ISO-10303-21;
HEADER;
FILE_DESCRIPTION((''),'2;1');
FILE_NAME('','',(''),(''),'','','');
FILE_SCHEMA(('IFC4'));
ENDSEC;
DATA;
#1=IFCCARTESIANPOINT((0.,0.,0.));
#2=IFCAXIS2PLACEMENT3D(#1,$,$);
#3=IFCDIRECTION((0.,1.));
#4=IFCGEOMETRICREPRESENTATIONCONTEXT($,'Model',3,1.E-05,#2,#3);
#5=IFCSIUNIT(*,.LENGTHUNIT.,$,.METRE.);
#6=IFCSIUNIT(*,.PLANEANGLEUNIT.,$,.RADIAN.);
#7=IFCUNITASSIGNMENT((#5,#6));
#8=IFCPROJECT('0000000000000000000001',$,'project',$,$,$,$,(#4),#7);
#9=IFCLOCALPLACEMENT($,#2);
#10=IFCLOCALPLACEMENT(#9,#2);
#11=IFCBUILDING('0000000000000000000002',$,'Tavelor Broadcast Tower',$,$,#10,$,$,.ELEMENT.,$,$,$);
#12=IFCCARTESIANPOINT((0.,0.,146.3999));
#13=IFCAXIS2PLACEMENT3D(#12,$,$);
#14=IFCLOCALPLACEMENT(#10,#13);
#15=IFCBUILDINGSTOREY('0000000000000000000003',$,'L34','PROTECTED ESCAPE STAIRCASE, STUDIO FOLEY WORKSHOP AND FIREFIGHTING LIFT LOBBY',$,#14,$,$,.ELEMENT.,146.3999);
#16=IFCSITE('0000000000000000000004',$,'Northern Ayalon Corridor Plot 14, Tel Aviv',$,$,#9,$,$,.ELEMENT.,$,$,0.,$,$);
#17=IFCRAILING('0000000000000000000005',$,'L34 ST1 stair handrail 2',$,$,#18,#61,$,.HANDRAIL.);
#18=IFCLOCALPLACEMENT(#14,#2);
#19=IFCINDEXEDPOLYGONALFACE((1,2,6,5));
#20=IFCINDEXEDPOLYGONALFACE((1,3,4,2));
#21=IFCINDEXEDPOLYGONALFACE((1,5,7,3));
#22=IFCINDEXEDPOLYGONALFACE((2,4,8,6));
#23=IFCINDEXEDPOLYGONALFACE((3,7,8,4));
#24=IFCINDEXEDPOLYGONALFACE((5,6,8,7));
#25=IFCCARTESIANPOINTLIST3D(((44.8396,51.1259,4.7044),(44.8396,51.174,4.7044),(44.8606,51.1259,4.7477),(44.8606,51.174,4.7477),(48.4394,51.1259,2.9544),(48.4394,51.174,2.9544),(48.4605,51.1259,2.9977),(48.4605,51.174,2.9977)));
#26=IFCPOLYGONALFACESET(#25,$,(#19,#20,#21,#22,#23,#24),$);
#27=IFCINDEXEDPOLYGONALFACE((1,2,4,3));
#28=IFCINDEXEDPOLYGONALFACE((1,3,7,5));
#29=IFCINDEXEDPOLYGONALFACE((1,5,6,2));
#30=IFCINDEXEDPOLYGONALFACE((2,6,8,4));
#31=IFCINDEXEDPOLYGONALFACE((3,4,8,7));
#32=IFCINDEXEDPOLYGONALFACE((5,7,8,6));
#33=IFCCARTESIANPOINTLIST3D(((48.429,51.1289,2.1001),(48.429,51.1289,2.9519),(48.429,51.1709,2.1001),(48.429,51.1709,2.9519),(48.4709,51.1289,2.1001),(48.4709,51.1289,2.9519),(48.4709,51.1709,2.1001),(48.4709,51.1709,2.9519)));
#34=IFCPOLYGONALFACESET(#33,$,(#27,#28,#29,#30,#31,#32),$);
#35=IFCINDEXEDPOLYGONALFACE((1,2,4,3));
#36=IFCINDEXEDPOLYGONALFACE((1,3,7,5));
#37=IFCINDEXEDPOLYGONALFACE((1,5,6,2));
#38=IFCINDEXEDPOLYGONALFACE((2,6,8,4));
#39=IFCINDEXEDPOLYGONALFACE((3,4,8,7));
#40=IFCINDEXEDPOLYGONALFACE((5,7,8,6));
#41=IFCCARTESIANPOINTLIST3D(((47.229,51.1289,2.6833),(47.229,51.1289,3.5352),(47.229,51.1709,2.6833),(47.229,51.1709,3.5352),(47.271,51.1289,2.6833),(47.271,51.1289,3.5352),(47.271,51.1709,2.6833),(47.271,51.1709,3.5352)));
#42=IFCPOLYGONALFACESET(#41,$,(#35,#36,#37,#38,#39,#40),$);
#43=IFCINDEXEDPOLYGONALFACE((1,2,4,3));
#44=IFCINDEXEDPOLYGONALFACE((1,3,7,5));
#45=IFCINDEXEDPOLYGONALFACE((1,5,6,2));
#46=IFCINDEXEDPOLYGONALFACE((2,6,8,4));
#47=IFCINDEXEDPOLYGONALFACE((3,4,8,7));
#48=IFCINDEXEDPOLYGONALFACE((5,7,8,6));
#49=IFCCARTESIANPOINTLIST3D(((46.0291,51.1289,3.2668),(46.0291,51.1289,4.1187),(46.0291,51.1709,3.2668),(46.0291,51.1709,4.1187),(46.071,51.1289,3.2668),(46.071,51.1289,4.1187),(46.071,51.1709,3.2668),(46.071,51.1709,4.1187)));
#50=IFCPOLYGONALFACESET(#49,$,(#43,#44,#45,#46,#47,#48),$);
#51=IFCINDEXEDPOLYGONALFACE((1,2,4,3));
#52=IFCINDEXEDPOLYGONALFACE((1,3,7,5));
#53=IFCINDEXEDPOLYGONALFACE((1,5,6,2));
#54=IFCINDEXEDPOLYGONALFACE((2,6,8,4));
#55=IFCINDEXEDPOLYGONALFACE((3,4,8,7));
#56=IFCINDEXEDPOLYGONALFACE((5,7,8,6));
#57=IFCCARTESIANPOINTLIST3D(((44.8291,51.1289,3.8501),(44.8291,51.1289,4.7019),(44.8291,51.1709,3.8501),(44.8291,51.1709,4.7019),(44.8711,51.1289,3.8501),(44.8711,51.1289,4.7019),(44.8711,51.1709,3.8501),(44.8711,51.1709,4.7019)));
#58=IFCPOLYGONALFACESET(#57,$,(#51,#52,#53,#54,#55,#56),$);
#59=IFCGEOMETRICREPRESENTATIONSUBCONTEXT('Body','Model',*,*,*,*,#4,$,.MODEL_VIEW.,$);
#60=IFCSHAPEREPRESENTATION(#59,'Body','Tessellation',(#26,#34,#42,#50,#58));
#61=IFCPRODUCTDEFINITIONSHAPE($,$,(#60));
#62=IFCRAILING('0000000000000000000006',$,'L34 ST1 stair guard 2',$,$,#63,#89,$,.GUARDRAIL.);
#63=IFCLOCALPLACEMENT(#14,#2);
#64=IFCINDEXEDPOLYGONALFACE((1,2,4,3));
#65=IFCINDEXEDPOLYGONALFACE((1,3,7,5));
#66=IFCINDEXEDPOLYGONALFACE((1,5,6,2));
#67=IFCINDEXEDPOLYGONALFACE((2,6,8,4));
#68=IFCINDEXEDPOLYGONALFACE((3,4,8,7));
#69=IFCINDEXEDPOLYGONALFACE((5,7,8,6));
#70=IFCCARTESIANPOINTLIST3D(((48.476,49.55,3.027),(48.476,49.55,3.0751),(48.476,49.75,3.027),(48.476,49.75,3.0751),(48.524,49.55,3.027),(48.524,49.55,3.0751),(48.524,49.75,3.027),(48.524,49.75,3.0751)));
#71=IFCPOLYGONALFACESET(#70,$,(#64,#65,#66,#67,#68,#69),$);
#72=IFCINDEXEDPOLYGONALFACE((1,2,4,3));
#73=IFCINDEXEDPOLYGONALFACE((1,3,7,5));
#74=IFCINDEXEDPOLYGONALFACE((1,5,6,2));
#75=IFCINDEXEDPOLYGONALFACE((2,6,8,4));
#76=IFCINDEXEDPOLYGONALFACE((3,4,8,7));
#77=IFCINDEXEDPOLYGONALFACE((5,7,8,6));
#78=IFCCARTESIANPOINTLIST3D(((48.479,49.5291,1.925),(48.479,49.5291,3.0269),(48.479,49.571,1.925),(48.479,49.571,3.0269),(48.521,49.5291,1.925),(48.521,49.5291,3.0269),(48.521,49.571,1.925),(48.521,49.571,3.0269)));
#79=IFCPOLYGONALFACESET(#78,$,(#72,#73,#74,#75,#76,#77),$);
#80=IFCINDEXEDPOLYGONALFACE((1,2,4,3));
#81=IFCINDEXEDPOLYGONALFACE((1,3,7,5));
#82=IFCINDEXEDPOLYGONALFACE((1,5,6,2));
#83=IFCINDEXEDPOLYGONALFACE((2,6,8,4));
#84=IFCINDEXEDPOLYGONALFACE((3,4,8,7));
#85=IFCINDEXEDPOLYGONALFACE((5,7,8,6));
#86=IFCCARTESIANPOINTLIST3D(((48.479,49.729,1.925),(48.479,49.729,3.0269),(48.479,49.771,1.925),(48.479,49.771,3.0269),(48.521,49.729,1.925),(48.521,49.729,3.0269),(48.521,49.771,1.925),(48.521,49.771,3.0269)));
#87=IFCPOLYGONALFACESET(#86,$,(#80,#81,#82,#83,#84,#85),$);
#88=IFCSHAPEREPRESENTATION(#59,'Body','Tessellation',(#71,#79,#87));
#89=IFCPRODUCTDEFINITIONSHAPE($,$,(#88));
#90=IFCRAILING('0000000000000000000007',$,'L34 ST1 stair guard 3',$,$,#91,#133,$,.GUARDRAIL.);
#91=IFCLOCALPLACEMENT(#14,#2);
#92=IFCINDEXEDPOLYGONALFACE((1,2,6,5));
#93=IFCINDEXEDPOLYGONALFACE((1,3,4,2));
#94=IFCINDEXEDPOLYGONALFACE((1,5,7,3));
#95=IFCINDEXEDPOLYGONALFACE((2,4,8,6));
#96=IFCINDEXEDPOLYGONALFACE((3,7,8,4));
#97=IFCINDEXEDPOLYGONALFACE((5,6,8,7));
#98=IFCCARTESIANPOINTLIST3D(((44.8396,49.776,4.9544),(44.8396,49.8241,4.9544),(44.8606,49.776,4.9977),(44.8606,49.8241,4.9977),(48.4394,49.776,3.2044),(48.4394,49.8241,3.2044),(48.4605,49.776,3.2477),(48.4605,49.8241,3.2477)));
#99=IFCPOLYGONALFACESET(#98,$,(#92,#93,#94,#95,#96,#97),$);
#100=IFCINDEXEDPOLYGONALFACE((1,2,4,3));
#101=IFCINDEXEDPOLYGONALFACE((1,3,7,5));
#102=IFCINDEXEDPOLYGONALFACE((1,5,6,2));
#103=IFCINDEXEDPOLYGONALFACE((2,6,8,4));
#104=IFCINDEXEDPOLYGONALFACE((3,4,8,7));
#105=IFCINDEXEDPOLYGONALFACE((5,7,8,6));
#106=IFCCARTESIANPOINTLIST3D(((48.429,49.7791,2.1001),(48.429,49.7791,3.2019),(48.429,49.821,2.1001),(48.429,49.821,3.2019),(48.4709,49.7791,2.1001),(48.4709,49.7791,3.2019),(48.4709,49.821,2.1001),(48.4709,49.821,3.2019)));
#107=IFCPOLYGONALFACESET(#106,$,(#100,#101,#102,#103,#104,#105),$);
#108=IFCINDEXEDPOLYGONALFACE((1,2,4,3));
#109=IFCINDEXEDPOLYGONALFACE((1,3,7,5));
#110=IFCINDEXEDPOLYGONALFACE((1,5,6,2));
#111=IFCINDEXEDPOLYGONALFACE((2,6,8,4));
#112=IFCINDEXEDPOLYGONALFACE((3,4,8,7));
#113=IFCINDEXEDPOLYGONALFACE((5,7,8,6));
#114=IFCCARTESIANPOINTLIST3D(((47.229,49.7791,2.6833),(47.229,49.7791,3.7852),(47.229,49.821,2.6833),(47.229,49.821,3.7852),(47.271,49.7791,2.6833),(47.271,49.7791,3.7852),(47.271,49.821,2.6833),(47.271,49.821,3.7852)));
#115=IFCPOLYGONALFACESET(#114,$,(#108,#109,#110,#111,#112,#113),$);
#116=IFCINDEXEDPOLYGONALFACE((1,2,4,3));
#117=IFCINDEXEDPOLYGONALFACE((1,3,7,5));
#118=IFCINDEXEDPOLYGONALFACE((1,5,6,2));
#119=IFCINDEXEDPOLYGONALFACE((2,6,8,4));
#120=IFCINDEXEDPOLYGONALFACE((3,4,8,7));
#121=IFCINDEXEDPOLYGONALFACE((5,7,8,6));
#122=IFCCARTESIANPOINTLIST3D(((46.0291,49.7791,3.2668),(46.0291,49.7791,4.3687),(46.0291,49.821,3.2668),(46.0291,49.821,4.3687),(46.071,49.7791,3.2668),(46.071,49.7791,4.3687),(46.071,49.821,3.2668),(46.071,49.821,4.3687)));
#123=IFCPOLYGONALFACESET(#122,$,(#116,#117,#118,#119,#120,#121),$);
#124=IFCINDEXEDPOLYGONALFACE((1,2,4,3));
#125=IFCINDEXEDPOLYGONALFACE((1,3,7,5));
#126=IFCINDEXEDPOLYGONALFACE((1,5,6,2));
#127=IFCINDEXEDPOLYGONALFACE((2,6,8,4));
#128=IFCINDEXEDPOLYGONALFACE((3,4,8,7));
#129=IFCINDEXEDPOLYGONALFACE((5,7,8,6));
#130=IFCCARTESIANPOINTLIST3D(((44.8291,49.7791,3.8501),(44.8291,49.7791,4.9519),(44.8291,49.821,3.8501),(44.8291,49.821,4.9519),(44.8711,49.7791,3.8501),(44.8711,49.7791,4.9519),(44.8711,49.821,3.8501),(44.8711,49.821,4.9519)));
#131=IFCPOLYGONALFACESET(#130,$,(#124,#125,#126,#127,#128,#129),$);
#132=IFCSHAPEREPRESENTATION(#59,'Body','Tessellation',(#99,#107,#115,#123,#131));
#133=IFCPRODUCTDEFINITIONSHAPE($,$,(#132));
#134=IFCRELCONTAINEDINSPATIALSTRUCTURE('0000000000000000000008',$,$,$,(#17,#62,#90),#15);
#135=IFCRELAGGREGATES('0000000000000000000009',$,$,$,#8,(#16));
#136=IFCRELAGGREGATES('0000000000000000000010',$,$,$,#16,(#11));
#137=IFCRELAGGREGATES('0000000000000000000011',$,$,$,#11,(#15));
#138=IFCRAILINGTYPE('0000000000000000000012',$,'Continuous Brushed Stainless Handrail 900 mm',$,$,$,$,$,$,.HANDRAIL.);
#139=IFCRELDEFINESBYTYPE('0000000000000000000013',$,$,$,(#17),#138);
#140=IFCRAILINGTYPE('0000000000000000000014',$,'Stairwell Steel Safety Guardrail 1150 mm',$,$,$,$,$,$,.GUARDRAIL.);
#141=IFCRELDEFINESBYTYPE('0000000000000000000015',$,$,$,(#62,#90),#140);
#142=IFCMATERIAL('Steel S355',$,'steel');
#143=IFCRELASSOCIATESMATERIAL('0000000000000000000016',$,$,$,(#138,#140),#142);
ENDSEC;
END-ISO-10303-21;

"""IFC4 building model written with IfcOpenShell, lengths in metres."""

from ifc_helpers import new_model, si_unit, direction, frame, origin, origin_2d, place, context, subcontext, project, spatial, rectangle, extrude, material, type_object, element, save


model = new_model("IFC4")

# Units and contexts
model_context = context("Model", 3, precision=1e-05, world=origin(), true_north=direction((0.0, 1.0)))
body_context = subcontext(model_context, "Body", "Model", "MODEL_VIEW")
ifc_project = project(units=[si_unit("LENGTHUNIT", "METRE"), si_unit("PLANEANGLEUNIT", "RADIAN")], contexts=[model_context])

# Site, building, storey
site_placement = place(None, origin())
site = spatial("IfcSite", under=ifc_project, at=site_placement, Name="Northern Ayalon Corridor Plot 14, Tel Aviv", CompositionType="ELEMENT", RefElevation=0.0)
building_placement = place(site_placement, origin())
building = spatial("IfcBuilding", under=site, at=building_placement, Name="Tavelor Broadcast Tower", CompositionType="ELEMENT")
storey_placement = place(building_placement, frame((0.0, 0.0, 146.3999)))
storey = spatial("IfcBuildingStorey", under=building, at=storey_placement, Name="L34", Description="PROTECTED ESCAPE STAIRCASE, STUDIO FOLEY WORKSHOP AND FIREFIGHTING LIFT LOBBY", CompositionType="ELEMENT", Elevation=146.3999)

# Shared definitions
ifc_material_1 = material(Name="Steel S355", Category="steel")

# Railings
railing_type_1 = type_object("IfcRailingType", Name="Continuous Brushed Stainless Handrail 900 mm", PredefinedType="HANDRAIL", material=ifc_material_1)
railing_1_placement = place(storey_placement, frame((48.45, 51.1499, 2.1001)))
element("IfcRailing", 1, at=railing_1_placement, inside=storey, type_object=railing_type_1, Name="L34 ST1 stair handrail 2", PredefinedType="HANDRAIL", context=body_context, shape_type="SweptSolid", body=[
    extrude(rectangle(XDim=0.0481, YDim=0.0481, at=origin_2d()), frame((0.0, 0.0, 0.876), z_axis=(-0.899361, 0.0, 0.437207), x_axis=(0.0, -1.0, 0.0)), (0.0, 0.0, 1.0), 4.0027),
    extrude(rectangle(XDim=0.042, YDim=0.042, at=origin_2d()), origin(), (0.0, 0.0, 1.0), 0.8518),
    extrude(rectangle(XDim=0.042, YDim=0.042, at=origin_2d()), frame((-1.2, 0.0, 0.5833)), (0.0, 0.0, 1.0), 0.8518),
    extrude(rectangle(XDim=0.042, YDim=0.042, at=origin_2d()), frame((-2.3999, 0.0, 1.1667)), (0.0, 0.0, 1.0), 0.8518),
    extrude(rectangle(XDim=0.042, YDim=0.042, at=origin_2d()), frame((-3.5999, 0.0, 1.75)), (0.0, 0.0, 1.0), 0.8518),
])
railing_type_2 = type_object("IfcRailingType", Name="Stairwell Steel Safety Guardrail 1150 mm", PredefinedType="GUARDRAIL", material=ifc_material_1)
railing_2_placement = place(storey_placement, frame((48.5, 49.55, 1.925)))
element("IfcRailing", 2, at=railing_2_placement, inside=storey, type_object=railing_type_2, Name="L34 ST1 stair guard 2", PredefinedType="GUARDRAIL", context=body_context, shape_type="SweptSolid", body=[
    extrude(rectangle(XDim=0.0481, YDim=0.0481, at=origin_2d()), frame((0.0, 0.0, 1.126), z_axis=(0.0, 1.0, 0.0), x_axis=(-1.0, 0.0, 0.0)), (0.0, 0.0, 1.0), 0.2),
    extrude(rectangle(XDim=0.042, YDim=0.042, at=origin_2d()), origin(), (0.0, 0.0, 1.0), 1.1018),
    extrude(rectangle(XDim=0.042, YDim=0.042, at=origin_2d()), frame((0.0, 0.2, 0.0)), (0.0, 0.0, 1.0), 1.1018),
])
railing_3_placement = place(storey_placement, frame((48.45, 49.8, 2.1001)))
element("IfcRailing", 3, at=railing_3_placement, inside=storey, type_object=railing_type_2, Name="L34 ST1 stair guard 3", PredefinedType="GUARDRAIL", context=body_context, shape_type="SweptSolid", body=[
    extrude(rectangle(XDim=0.0481, YDim=0.0481, at=origin_2d()), frame((0.0, 0.0, 1.126), z_axis=(-0.899361, 0.0, 0.437207), x_axis=(0.0, -1.0, 0.0)), (0.0, 0.0, 1.0), 4.0027),
    extrude(rectangle(XDim=0.042, YDim=0.042, at=origin_2d()), origin(), (0.0, 0.0, 1.0), 1.1018),
    extrude(rectangle(XDim=0.042, YDim=0.042, at=origin_2d()), frame((-1.2, 0.0, 0.5833)), (0.0, 0.0, 1.0), 1.1018),
    extrude(rectangle(XDim=0.042, YDim=0.042, at=origin_2d()), frame((-2.3999, 0.0, 1.1667)), (0.0, 0.0, 1.0), 1.1018),
    extrude(rectangle(XDim=0.042, YDim=0.042, at=origin_2d()), frame((-3.5999, 0.0, 1.75)), (0.0, 0.0, 1.0), 1.1018),
])

save(model, "model.ifc")
